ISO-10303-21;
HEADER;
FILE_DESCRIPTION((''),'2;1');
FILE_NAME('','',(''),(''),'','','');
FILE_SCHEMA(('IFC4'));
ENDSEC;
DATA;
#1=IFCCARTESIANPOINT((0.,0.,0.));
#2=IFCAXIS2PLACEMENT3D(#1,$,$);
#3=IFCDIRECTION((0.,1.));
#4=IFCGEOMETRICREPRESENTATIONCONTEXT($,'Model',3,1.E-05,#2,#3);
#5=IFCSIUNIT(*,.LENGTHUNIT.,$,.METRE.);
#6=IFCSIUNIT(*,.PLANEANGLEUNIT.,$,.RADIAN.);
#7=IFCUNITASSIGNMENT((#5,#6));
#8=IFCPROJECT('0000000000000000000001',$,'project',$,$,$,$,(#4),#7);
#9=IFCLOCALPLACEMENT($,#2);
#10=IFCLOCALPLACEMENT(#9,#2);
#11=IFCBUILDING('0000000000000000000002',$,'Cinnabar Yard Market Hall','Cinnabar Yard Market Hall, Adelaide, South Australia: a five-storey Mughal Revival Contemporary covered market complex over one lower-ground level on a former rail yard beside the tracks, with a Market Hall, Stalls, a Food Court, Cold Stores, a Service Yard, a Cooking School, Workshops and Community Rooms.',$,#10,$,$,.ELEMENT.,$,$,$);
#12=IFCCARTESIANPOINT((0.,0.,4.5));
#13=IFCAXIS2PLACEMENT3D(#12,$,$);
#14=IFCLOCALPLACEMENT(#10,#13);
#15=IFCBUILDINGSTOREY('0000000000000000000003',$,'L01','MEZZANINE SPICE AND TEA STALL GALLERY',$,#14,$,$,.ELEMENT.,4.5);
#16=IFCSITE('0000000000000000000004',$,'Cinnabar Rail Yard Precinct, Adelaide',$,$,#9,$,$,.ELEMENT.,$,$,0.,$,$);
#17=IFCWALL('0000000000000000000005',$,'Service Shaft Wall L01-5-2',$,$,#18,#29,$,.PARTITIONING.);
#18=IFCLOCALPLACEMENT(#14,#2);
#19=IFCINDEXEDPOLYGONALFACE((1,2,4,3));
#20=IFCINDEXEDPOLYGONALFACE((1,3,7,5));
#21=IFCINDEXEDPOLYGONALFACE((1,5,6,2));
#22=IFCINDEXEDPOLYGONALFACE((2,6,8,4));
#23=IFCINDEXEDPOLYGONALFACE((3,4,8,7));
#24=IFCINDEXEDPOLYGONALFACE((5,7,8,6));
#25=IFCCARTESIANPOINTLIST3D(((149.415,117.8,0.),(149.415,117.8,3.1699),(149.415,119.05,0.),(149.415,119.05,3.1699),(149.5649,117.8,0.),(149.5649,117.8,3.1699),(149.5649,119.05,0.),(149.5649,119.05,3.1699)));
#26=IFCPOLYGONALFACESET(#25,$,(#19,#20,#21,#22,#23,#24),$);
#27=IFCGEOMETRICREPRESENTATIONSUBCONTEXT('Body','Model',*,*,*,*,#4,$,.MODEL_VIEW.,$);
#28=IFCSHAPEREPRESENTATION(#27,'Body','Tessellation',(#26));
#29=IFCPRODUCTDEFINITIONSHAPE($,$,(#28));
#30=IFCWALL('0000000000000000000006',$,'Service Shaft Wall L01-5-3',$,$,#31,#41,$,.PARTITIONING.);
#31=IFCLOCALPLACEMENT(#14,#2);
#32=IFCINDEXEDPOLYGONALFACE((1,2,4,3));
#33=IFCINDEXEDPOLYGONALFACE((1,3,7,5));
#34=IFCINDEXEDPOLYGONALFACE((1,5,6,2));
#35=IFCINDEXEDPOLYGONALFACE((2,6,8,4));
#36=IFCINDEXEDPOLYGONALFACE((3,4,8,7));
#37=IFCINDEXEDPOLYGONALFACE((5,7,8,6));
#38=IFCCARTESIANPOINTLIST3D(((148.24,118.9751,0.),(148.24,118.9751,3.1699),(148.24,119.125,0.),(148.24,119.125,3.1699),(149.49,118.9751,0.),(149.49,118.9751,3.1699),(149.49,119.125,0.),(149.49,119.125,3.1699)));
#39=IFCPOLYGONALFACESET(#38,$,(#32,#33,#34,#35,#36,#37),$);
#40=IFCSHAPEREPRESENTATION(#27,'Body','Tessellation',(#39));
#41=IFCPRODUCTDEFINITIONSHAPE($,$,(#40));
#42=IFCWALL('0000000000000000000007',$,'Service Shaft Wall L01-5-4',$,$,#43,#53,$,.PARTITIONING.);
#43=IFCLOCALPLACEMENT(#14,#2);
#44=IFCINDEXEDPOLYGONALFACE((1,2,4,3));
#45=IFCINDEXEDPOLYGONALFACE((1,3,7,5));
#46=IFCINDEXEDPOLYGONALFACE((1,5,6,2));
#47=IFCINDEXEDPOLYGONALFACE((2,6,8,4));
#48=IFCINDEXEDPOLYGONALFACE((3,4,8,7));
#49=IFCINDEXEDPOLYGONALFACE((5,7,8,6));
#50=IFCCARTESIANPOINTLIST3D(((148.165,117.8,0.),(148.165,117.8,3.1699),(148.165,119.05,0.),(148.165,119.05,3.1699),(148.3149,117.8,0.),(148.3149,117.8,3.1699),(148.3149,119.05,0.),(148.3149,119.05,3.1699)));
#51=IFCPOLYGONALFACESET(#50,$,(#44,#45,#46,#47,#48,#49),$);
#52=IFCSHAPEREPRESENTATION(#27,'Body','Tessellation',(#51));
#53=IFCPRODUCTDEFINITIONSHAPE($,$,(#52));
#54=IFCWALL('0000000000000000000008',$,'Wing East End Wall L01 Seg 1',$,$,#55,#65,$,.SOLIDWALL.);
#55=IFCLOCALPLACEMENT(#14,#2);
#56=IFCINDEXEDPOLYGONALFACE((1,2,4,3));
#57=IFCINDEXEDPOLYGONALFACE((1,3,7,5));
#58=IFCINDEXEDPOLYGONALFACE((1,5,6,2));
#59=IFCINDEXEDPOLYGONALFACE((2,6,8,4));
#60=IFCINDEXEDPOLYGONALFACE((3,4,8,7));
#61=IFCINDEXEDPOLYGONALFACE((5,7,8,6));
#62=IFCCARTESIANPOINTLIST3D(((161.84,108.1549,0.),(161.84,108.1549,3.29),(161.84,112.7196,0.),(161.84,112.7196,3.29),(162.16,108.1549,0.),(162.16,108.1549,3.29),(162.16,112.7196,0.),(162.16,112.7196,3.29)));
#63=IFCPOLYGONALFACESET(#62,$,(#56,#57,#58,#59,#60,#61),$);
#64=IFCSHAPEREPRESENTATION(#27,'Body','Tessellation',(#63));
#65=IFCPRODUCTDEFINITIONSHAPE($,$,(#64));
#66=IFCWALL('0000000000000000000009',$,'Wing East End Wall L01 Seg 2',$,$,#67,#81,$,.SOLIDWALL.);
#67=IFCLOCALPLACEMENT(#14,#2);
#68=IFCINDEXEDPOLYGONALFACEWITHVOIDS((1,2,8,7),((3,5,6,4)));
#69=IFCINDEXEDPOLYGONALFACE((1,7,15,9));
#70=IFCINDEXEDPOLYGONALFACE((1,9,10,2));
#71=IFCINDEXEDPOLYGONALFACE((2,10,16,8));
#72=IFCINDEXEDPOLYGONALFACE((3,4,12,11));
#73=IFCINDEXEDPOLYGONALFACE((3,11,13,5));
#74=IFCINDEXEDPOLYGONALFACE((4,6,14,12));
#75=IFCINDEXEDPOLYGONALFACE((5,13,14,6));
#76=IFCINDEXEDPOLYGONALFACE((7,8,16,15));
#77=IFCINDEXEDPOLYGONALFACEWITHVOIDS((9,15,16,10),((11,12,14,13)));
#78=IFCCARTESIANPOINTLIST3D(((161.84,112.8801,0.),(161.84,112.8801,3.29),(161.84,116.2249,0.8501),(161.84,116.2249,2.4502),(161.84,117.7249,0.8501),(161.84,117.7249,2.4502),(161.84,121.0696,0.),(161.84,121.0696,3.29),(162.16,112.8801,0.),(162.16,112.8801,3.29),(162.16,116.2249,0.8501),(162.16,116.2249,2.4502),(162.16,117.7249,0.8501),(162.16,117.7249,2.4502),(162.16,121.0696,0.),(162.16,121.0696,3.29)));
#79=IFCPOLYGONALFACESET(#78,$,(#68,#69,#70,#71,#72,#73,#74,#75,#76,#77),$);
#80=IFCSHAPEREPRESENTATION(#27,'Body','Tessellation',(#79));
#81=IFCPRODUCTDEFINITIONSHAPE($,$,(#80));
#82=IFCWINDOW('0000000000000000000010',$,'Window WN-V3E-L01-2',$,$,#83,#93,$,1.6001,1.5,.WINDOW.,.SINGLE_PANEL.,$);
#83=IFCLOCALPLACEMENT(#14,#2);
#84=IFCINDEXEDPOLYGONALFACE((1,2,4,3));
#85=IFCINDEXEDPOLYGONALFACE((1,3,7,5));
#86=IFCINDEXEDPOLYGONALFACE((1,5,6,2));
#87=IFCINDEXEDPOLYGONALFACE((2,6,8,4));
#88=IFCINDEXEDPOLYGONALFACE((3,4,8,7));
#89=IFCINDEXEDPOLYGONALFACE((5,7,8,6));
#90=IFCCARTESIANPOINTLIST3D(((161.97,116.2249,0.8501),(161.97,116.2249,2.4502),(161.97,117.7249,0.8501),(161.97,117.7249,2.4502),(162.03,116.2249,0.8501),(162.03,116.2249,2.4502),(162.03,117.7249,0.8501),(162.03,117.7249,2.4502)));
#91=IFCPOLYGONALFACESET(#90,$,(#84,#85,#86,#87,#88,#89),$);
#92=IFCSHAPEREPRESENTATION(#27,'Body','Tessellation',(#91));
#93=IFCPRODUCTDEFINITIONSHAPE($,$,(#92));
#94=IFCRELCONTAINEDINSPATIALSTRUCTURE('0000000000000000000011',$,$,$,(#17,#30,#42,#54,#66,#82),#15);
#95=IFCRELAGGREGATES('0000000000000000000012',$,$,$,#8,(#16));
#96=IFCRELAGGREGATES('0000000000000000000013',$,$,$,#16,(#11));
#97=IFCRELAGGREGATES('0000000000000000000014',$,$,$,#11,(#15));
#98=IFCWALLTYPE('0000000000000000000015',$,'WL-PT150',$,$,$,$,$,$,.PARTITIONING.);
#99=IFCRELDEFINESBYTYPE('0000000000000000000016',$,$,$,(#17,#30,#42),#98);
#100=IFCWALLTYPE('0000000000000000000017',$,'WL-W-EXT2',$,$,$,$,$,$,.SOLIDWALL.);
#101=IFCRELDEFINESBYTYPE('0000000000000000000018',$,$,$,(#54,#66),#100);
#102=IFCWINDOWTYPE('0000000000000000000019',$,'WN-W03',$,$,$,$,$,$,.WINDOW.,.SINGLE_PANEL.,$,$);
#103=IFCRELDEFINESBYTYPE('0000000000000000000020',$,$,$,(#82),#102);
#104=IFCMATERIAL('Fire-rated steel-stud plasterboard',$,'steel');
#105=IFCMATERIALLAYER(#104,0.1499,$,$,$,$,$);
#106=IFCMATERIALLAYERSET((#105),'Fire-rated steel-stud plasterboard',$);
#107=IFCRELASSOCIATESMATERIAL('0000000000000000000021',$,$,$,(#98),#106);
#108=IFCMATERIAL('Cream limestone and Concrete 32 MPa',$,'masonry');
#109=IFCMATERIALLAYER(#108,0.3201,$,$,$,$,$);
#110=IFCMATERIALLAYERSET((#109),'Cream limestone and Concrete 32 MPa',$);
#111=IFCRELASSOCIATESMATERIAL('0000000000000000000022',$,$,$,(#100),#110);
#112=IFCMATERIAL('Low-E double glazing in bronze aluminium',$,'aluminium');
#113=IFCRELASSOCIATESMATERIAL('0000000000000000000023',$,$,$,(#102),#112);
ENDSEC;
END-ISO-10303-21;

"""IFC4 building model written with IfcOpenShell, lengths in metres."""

from ifc_helpers import new_model, si_unit, direction, frame, frame_2d, origin, place, context, subcontext, project, spatial, rectangle, extrude, material, layer, layer_set, type_object, element, fill, save


model = new_model("IFC4")

# Units and contexts
model_context = context("Model", 3, precision=1e-05, world=origin(), true_north=direction((0.0, 1.0)))
body_context = subcontext(model_context, "Body", "Model", "MODEL_VIEW")
ifc_project = project(units=[si_unit("LENGTHUNIT", "METRE"), si_unit("PLANEANGLEUNIT", "RADIAN")], contexts=[model_context])

# Site, building, storey
site_placement = place(None, origin())
site = spatial("IfcSite", under=ifc_project, at=site_placement, Name="Cinnabar Rail Yard Precinct, Adelaide", CompositionType="ELEMENT", RefElevation=0.0)
building_placement = place(site_placement, origin())
building = spatial("IfcBuilding", under=site, at=building_placement, Name="Cinnabar Yard Market Hall", Description="Cinnabar Yard Market Hall, Adelaide, South Australia: a five-storey Mughal Revival Contemporary covered market complex over one lower-ground level on a former rail yard beside the tracks, with a Market Hall, Stalls, a Food Court, Cold Stores, a Service Yard, a Cooking School, Workshops and Community Rooms.", CompositionType="ELEMENT")
storey_placement = place(building_placement, frame((0.0, 0.0, 4.5)))
storey = spatial("IfcBuildingStorey", under=building, at=storey_placement, Name="L01", Description="MEZZANINE SPICE AND TEA STALL GALLERY", CompositionType="ELEMENT", Elevation=4.5)

# Walls
ifc_material_1 = material(Name="Fire-rated steel-stud plasterboard", Category="steel")
ifc_layer_1 = layer(ifc_material_1, 0.1499)
ifc_layer_set_1 = layer_set([ifc_layer_1], Name="Fire-rated steel-stud plasterboard")
wall_type_1 = type_object("IfcWallType", Name="WL-PT150", PredefinedType="PARTITIONING", material=ifc_layer_set_1)
for number, where, z_axis, x_axis, name in (
    (1, (149.49, 117.8, 0.0), (0.0, 0.0, 1.0), (0.0, 1.0, 0.0), "Service Shaft Wall L01-5-2"),
    (2, (149.49, 119.05, 0.0), (0.0, 0.0, 1.0), (-1.0, 0.0, 0.0), "Service Shaft Wall L01-5-3"),
    (3, (148.24, 119.05, 0.0), (0.0, 0.0, 1.0), (0.0, -1.0, 0.0), "Service Shaft Wall L01-5-4"),
):
    element("IfcWall", number, at=place(storey_placement, frame(where, z_axis=z_axis, x_axis=x_axis)), inside=storey, type_object=wall_type_1, Name=name, PredefinedType="PARTITIONING", context=body_context, shape_type="SweptSolid", body=[
        extrude(rectangle(XDim=1.25, YDim=0.1499, at=frame_2d((0.625, 0.0), x_axis=(1.0, 0.0))), origin(), (0.0, 0.0, 1.0), 3.1699),
    ])
ifc_material_2 = material(Name="Cream limestone and Concrete 32 MPa", Category="masonry")
ifc_layer_2 = layer(ifc_material_2, 0.3201)
ifc_layer_set_2 = layer_set([ifc_layer_2], Name="Cream limestone and Concrete 32 MPa")
wall_type_2 = type_object("IfcWallType", Name="WL-W-EXT2", PredefinedType="SOLIDWALL", material=ifc_layer_set_2)
wall_1_placement = place(storey_placement, frame((162.0, 108.155, 0.0), z_axis=(0.0, 0.0, 1.0), x_axis=(0.0, 1.0, 0.0)))
element("IfcWall", 4, at=wall_1_placement, inside=storey, type_object=wall_type_2, Name="Wing East End Wall L01 Seg 1", PredefinedType="SOLIDWALL", context=body_context, shape_type="SweptSolid", body=[
    extrude(rectangle(XDim=4.5647, YDim=0.3201, at=frame_2d((2.2822, 0.0), x_axis=(1.0, 0.0))), origin(), (0.0, 0.0, 1.0), 3.29),
])

# Wall, opening, window
wall_2_placement = place(storey_placement, frame((162.0, 112.8801, 0.0), z_axis=(0.0, 0.0, 1.0), x_axis=(0.0, 1.0, 0.0)))
wall_2 = element("IfcWall", 5, at=wall_2_placement, inside=storey, type_object=wall_type_2, Name="Wing East End Wall L01 Seg 2", PredefinedType="SOLIDWALL", context=body_context, shape_type="SweptSolid", body=[
    extrude(rectangle(XDim=8.1895, YDim=0.3201, at=frame_2d((4.0947, 0.0), x_axis=(1.0, 0.0))), origin(), (0.0, 0.0, 1.0), 3.29),
])
opening_placement = place(wall_2_placement, frame((3.3447, 0.0, 0.8501)))
opening = element("IfcOpeningElement", 6, at=opening_placement, cuts=wall_2, PredefinedType="OPENING", context=body_context, shape_type="SweptSolid", body=[
    extrude(rectangle(XDim=1.5, YDim=1.6001, at=frame_2d((0.75, 0.8), x_axis=(1.0, 0.0))), frame((0.0, 0.1699, 0.0), z_axis=(0.0, -1.0, 0.0), x_axis=(1.0, 0.0, 0.0)), (0.0, 0.0, 1.0), 0.3401),
])
ifc_material_3 = material(Name="Low-E double glazing in bronze aluminium", Category="aluminium")
window_type = type_object("IfcWindowType", Name="WN-W03", PartitioningType="SINGLE_PANEL", PredefinedType="WINDOW", material=ifc_material_3)
window_placement = place(opening_placement, origin())
window = element("IfcWindow", 7, at=window_placement, inside=storey, type_object=window_type, Name="Window WN-V3E-L01-2", OverallHeight=1.6001, OverallWidth=1.5, PartitioningType="SINGLE_PANEL", PredefinedType="WINDOW", context=body_context, shape_type="SweptSolid", body=[
    extrude(rectangle(XDim=1.5, YDim=1.6001, at=frame_2d((0.75, 0.8), x_axis=(1.0, 0.0))), frame((0.0, 0.03, 0.0), z_axis=(0.0, -1.0, 0.0), x_axis=(1.0, 0.0, 0.0)), (0.0, 0.0, 1.0), 0.0601),
])
fill(opening, window)

save(model, "model.ifc")
